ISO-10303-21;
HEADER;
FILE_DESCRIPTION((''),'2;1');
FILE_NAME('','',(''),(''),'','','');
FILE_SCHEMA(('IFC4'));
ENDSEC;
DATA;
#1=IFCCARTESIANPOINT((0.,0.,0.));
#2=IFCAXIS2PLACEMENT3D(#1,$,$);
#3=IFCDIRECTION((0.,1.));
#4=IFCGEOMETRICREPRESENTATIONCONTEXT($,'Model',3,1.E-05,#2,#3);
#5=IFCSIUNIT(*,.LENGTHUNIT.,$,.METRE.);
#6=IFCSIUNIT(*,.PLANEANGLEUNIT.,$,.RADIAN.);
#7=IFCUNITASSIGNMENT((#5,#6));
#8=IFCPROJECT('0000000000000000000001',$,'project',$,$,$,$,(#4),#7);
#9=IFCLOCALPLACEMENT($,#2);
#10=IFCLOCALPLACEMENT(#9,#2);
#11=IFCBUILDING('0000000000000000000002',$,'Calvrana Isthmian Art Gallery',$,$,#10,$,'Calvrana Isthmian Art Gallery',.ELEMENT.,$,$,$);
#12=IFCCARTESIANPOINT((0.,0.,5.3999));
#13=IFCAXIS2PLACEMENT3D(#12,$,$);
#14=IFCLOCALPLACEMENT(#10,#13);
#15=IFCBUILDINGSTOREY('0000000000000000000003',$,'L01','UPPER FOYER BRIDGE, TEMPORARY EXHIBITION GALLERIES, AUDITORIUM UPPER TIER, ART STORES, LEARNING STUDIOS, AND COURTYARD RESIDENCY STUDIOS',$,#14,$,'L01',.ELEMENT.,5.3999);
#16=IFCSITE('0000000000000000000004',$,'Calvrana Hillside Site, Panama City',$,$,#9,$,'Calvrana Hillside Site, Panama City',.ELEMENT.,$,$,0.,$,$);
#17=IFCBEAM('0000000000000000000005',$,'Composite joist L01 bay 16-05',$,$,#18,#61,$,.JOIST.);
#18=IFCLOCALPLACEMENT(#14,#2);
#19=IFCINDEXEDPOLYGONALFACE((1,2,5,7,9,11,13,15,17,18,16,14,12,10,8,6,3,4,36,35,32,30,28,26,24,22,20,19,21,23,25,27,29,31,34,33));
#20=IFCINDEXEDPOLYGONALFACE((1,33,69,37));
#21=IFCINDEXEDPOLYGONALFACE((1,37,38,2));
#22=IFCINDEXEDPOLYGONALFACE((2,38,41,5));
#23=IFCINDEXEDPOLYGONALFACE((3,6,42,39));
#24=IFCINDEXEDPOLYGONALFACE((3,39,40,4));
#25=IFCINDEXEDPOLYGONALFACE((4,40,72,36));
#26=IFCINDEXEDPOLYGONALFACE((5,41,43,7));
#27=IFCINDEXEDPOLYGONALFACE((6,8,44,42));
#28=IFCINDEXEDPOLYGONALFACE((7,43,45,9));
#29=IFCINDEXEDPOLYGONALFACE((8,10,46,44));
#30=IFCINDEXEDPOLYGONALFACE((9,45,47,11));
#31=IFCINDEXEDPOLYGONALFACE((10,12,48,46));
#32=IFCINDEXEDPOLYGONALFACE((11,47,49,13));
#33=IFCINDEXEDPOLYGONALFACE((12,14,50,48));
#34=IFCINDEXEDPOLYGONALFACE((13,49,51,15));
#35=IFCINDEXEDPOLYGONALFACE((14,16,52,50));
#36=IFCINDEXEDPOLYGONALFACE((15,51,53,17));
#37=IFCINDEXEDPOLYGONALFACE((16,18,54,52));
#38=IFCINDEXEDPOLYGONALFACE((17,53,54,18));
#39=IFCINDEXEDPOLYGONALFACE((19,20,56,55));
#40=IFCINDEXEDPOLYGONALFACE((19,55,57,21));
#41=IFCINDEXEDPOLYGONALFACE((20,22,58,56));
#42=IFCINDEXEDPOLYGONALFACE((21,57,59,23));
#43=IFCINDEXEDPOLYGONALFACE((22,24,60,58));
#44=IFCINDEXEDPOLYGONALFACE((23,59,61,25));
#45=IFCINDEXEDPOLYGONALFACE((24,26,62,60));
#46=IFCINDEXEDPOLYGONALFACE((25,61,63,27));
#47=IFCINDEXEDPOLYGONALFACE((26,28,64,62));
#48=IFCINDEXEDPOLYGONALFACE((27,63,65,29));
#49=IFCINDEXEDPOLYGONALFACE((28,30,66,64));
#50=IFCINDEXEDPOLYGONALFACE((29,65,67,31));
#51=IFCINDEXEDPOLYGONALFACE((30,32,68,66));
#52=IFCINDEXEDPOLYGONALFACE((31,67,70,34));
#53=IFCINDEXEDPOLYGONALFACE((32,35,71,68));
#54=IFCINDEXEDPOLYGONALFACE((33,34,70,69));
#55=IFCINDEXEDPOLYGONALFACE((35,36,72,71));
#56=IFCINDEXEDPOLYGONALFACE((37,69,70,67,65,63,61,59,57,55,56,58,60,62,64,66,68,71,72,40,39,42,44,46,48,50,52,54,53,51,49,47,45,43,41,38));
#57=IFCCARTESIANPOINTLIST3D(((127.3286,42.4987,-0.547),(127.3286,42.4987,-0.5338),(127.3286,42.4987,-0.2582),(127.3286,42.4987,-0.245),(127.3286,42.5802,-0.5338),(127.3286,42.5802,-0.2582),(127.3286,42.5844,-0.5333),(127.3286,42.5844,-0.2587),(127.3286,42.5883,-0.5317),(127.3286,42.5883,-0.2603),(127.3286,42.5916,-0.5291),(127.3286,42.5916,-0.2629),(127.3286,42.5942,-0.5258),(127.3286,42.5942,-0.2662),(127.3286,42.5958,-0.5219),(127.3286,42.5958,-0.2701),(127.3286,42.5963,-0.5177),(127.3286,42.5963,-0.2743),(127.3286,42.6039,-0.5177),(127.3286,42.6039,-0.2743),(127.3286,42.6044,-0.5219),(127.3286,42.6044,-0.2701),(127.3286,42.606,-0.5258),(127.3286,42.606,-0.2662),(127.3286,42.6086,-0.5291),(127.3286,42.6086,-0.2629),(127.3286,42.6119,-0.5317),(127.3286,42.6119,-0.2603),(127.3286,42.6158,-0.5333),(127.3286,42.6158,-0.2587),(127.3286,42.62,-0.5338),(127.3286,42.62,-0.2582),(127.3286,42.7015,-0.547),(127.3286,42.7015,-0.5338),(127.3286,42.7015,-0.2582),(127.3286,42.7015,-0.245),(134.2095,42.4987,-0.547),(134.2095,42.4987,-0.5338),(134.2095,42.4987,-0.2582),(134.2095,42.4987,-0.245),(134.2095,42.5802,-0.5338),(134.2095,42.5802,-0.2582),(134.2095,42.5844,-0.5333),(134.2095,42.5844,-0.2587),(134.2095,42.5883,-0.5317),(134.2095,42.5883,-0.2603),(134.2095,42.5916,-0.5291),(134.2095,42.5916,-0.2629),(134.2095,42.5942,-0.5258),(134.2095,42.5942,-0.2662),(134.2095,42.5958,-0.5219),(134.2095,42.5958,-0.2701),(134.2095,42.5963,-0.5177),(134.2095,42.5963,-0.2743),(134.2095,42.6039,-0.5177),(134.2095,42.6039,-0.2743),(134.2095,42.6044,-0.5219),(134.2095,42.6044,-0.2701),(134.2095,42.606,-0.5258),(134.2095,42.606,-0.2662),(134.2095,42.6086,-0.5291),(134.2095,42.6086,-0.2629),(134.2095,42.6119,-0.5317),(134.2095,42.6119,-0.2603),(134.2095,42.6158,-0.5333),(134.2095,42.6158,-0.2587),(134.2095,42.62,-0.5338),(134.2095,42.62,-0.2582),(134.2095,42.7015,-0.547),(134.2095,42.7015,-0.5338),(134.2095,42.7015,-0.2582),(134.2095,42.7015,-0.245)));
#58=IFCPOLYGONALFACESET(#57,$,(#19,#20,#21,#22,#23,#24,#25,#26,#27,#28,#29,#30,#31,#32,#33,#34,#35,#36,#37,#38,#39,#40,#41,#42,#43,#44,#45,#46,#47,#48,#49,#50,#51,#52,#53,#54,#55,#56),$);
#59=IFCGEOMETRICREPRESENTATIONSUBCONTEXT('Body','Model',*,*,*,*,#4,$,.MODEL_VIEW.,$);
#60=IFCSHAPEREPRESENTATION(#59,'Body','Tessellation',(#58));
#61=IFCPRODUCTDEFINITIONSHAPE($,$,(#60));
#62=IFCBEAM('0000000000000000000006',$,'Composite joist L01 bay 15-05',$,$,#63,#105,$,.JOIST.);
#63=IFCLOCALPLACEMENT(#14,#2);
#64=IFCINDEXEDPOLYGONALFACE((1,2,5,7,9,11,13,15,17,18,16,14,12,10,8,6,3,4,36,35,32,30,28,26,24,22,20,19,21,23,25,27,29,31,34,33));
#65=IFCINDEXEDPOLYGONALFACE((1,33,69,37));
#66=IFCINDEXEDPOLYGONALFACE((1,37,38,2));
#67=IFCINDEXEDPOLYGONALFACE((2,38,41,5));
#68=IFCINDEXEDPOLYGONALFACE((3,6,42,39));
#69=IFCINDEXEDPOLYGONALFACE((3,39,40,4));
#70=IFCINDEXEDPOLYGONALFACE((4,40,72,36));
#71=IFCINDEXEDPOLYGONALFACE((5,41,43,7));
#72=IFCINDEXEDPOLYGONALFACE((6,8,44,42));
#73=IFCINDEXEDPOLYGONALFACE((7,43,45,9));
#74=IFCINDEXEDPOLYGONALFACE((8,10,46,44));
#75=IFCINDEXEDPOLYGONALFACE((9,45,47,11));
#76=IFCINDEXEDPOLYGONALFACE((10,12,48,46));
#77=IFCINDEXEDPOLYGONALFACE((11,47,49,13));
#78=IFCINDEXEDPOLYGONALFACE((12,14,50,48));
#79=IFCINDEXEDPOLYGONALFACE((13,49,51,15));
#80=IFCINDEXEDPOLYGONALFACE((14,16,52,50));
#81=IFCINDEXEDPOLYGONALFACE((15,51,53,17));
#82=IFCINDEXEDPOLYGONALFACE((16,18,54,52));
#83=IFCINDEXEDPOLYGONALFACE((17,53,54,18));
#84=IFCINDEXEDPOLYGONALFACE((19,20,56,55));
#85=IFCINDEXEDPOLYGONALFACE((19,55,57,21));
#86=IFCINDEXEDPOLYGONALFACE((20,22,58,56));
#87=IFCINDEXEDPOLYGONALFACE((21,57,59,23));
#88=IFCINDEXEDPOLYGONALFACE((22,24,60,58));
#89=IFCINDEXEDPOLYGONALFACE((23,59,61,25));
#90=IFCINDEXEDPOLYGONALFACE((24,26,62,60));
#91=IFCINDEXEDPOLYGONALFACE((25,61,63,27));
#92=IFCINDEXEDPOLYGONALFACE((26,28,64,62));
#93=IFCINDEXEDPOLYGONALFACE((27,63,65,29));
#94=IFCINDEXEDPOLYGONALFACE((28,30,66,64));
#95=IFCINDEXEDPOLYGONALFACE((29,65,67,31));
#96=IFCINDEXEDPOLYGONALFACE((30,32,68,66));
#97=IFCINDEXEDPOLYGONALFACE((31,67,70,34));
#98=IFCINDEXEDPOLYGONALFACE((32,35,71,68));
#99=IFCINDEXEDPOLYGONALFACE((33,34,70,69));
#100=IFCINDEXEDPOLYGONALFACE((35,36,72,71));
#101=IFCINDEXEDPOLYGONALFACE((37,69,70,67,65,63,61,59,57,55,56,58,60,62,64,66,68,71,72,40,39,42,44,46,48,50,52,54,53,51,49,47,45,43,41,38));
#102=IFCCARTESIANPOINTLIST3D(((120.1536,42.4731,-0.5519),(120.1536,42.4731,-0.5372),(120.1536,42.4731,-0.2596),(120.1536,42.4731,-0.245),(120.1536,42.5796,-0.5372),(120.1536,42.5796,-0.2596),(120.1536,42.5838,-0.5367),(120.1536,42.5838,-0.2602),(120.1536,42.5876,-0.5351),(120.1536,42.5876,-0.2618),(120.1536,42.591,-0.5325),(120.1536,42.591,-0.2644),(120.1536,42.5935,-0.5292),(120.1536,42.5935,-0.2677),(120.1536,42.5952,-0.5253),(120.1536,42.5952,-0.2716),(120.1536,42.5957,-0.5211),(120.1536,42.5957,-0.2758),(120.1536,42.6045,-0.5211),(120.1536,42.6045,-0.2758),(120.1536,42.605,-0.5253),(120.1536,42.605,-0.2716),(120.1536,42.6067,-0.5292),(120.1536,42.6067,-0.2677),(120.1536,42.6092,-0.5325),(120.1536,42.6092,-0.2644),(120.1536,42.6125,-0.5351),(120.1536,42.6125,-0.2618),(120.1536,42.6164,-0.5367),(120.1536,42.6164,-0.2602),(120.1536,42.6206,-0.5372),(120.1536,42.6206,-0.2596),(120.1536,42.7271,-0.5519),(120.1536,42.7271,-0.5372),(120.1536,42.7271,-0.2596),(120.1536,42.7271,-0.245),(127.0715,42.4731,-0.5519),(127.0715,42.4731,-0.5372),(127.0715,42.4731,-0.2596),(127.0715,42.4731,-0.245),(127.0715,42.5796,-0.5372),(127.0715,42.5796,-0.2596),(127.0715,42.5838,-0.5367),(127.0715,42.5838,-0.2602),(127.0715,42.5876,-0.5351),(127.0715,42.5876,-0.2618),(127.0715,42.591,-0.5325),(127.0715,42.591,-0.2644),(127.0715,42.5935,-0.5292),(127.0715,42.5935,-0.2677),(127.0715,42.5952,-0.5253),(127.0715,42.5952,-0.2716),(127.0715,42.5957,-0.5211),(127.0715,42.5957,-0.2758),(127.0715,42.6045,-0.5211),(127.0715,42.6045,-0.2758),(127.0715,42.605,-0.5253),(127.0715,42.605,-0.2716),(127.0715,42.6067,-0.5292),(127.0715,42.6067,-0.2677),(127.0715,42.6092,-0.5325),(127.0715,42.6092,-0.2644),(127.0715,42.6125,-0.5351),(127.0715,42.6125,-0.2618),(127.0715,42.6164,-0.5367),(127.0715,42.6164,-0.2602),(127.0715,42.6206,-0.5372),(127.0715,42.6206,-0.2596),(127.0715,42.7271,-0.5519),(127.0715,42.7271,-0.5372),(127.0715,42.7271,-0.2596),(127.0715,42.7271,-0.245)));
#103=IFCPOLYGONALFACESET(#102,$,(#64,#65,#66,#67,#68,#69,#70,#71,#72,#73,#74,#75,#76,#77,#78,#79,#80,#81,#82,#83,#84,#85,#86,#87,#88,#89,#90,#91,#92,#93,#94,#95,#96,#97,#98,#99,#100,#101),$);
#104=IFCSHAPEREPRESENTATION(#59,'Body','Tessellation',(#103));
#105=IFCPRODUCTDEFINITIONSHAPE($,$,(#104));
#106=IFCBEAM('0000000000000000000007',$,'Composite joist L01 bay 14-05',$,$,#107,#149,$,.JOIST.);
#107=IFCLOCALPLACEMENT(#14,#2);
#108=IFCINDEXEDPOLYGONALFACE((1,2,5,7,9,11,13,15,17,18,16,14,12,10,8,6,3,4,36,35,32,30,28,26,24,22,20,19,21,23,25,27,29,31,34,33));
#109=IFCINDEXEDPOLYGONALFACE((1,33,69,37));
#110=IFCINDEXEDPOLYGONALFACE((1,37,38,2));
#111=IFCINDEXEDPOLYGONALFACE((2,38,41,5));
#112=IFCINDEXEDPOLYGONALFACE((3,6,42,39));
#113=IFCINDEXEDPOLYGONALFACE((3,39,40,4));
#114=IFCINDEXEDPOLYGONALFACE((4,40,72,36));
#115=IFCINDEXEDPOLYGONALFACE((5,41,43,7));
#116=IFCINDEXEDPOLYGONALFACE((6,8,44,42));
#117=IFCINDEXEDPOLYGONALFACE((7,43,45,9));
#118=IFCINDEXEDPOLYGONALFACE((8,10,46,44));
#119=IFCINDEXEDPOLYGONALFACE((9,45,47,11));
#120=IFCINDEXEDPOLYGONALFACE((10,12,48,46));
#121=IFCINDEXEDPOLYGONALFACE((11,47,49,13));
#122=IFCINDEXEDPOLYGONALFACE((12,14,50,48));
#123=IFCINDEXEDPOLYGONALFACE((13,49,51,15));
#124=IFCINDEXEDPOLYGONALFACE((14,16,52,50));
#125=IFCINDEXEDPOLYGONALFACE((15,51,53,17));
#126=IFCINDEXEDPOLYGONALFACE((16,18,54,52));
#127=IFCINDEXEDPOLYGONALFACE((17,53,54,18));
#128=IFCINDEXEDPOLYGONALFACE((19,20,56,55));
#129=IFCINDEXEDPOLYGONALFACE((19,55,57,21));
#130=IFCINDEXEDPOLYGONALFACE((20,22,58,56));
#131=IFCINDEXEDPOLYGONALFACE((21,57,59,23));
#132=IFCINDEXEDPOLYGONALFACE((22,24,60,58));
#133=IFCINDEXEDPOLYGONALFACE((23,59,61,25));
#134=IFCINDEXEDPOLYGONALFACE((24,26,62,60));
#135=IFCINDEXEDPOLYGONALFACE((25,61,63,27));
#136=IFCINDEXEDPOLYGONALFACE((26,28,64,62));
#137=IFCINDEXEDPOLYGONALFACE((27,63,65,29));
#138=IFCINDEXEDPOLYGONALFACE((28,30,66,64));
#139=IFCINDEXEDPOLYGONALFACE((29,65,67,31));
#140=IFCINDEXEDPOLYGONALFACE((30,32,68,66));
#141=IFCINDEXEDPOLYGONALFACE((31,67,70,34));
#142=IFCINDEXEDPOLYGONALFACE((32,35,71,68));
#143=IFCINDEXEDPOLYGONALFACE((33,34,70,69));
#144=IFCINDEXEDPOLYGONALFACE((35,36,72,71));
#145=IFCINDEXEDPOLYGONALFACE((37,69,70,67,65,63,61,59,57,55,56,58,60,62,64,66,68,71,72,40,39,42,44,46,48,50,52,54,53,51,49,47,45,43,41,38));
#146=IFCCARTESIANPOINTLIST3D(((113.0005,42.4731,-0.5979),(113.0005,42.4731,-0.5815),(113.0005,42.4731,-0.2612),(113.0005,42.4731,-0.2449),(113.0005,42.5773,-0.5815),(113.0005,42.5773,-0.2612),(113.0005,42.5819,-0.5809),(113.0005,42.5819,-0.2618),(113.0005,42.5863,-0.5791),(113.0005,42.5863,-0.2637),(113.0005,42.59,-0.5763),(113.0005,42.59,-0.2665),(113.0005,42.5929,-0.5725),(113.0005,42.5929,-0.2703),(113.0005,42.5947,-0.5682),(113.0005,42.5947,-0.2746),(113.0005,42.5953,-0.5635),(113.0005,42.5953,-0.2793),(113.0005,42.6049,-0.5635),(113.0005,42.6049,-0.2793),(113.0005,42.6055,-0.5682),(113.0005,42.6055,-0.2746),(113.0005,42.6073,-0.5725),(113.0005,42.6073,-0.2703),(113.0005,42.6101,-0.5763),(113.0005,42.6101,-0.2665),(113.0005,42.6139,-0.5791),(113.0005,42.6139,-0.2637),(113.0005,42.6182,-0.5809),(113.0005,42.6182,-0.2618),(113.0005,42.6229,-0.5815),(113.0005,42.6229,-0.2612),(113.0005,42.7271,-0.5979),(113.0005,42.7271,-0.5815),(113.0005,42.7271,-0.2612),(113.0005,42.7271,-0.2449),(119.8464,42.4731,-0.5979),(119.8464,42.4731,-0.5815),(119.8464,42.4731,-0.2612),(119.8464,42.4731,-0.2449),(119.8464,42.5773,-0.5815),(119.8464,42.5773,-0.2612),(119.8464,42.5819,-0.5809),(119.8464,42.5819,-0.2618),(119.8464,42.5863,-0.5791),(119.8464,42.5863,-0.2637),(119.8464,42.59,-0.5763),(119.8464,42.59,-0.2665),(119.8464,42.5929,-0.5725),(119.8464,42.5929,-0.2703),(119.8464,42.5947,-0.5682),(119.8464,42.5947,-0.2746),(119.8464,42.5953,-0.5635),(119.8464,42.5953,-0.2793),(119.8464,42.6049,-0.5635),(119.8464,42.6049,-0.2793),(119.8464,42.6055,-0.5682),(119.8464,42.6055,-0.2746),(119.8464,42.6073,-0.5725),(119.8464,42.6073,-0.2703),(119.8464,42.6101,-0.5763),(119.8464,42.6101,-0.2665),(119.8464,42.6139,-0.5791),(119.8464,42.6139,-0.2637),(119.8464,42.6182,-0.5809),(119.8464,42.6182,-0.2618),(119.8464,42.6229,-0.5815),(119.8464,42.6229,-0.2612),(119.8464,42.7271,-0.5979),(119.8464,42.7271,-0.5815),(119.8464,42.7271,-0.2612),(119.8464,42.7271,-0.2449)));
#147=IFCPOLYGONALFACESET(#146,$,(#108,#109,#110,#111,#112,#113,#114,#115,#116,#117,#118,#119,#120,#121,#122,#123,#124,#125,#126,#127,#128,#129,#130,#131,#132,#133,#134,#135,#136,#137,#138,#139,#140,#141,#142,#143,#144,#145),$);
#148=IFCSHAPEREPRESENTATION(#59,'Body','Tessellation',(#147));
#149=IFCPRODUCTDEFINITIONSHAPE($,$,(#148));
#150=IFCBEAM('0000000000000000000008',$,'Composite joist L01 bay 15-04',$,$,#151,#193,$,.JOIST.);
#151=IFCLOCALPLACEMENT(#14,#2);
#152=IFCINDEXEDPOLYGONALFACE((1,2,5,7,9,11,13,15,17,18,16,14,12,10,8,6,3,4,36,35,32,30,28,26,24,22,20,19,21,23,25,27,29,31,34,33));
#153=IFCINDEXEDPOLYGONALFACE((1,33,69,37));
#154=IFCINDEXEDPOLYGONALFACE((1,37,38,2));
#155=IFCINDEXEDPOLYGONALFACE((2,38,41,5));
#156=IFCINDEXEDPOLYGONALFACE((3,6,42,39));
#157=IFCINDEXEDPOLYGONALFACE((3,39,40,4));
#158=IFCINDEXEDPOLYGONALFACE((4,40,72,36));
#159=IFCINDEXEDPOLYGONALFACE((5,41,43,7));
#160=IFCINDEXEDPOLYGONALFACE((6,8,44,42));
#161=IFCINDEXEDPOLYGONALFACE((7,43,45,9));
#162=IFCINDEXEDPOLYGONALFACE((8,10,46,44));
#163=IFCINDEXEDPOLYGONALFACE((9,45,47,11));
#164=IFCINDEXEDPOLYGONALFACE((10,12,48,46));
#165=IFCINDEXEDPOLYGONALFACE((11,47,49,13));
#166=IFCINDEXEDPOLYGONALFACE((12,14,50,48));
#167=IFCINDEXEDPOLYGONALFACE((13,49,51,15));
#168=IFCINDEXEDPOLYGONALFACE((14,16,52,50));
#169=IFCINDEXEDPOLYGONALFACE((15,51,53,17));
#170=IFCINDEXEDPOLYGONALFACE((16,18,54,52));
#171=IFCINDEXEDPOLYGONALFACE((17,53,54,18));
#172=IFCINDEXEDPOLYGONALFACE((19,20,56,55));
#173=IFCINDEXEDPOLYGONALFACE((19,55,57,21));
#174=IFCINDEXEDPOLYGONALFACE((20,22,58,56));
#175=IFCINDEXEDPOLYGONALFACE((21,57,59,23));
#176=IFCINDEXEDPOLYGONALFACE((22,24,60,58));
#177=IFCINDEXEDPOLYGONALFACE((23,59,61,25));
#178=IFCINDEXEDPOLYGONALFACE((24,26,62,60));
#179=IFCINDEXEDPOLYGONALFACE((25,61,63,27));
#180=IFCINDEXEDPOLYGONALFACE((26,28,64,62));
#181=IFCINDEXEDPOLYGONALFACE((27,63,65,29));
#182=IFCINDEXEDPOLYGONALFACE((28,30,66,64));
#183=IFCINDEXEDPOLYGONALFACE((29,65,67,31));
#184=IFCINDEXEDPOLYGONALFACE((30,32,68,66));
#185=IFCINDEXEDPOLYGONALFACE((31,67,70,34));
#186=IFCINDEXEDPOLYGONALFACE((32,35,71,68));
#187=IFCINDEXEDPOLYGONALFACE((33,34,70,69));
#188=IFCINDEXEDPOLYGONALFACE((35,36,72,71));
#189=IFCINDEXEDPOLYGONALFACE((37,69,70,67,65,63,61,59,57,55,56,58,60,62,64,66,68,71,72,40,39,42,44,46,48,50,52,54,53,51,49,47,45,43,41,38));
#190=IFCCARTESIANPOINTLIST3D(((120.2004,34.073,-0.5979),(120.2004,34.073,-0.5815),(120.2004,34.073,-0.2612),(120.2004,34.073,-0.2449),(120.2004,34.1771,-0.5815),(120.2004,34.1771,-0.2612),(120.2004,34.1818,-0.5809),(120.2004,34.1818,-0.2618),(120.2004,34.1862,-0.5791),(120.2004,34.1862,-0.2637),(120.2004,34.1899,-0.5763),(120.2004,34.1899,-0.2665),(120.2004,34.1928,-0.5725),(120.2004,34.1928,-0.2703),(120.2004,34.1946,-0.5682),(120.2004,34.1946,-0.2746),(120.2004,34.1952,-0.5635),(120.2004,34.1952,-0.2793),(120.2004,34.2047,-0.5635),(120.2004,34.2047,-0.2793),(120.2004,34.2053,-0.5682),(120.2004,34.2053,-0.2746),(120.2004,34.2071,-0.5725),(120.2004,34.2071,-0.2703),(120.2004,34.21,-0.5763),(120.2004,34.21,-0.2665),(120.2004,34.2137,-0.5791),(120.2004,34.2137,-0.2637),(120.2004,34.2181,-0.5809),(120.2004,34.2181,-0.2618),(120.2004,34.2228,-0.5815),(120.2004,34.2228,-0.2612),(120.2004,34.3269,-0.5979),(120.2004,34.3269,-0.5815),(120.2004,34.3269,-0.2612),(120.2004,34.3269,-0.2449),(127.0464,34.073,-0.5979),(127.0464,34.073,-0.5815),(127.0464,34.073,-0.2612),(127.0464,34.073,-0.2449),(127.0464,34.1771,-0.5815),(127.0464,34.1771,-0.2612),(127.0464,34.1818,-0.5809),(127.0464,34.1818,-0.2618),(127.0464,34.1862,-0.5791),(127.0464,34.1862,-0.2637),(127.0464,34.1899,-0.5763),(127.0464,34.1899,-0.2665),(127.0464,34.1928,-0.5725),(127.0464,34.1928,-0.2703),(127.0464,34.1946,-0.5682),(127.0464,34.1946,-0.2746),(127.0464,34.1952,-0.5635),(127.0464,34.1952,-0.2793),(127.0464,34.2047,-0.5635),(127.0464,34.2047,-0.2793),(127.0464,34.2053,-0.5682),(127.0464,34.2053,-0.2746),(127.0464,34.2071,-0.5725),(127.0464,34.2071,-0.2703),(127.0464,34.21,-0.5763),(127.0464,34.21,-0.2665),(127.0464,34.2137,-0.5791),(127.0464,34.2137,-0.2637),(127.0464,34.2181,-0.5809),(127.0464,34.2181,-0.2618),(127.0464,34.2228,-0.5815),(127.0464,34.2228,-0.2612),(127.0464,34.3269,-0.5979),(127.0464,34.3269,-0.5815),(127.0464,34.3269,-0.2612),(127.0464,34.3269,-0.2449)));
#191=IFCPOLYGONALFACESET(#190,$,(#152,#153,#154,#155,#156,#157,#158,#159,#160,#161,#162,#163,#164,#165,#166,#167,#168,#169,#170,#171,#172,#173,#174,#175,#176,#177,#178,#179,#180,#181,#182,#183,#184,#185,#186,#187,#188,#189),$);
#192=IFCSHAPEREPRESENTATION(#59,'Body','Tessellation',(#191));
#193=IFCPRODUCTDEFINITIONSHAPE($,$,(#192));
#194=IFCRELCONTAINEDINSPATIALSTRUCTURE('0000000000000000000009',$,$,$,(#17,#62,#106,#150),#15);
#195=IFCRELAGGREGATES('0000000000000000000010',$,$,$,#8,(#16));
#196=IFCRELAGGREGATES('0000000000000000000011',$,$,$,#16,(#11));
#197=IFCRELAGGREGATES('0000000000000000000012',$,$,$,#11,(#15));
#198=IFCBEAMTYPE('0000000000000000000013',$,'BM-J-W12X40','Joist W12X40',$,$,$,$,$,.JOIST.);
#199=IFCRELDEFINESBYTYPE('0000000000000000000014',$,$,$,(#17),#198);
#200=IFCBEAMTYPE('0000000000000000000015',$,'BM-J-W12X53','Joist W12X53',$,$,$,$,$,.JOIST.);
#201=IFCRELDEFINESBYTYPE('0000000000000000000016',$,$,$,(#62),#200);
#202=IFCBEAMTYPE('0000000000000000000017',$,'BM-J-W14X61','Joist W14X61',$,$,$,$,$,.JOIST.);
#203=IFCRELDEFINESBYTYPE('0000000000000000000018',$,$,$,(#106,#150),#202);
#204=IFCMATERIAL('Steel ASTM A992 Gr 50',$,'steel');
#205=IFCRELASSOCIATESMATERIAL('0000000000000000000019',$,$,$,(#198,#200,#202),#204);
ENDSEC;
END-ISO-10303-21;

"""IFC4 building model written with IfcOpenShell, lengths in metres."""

from ifc_helpers import new_model, si_unit, direction, frame, origin, origin_2d, place, context, subcontext, project, spatial, i_section, extrude, material, material_profile, profile_set, type_object, element, save


model = new_model("IFC4")

# Units and contexts
model_context = context("Model", 3, precision=1e-05, world=origin(), true_north=direction((0.0, 1.0)))
body_context = subcontext(model_context, "Body", "Model", "MODEL_VIEW")
ifc_project = project(units=[si_unit("LENGTHUNIT", "METRE"), si_unit("PLANEANGLEUNIT", "RADIAN")], contexts=[model_context])

# Site, building, storey
site_placement = place(None, origin())
site = spatial("IfcSite", under=ifc_project, at=site_placement, Name="Calvrana Hillside Site, Panama City", LongName="Calvrana Hillside Site, Panama City", CompositionType="ELEMENT", RefElevation=0.0)
building_placement = place(site_placement, origin())
building = spatial("IfcBuilding", under=site, at=building_placement, Name="Calvrana Isthmian Art Gallery", LongName="Calvrana Isthmian Art Gallery", CompositionType="ELEMENT")
storey_placement = place(building_placement, frame((0.0, 0.0, 5.3999)))
storey = spatial("IfcBuildingStorey", under=building, at=storey_placement, Name="L01", Description="UPPER FOYER BRIDGE, TEMPORARY EXHIBITION GALLERIES, AUDITORIUM UPPER TIER, ART STORES, LEARNING STUDIOS, AND COURTYARD RESIDENCY STUDIOS", LongName="L01", CompositionType="ELEMENT", Elevation=5.3999)

# Shared definitions
ifc_material_1 = material(Name="Steel ASTM A992 Gr 50", Category="steel")

# Beams
ifc_material_profile_1 = material_profile(ifc_material_1, i_section(OverallWidth=0.2029, OverallDepth=0.302, WebThickness=0.0076, FlangeThickness=0.0132, FilletRadius=0.0161, at=origin_2d()), Name="W12X40")
ifc_profile_set_1 = profile_set([ifc_material_profile_1], Name="Steel ASTM A992 Gr 50")
beam_type_1 = type_object("IfcBeamType", Name="BM-J-W12X40", Description="Joist W12X40", PredefinedType="JOIST", material=ifc_profile_set_1)
beam_1_placement = place(storey_placement, frame((127.3286, 42.6001, -0.396), z_axis=(1.0, 0.0, 0.0), x_axis=(0.0, 1.0, 0.0)))
element("IfcBeam", 1, at=beam_1_placement, inside=storey, type_object=beam_type_1, Name="Composite joist L01 bay 16-05", PredefinedType="JOIST", context=body_context, shape_type="SweptSolid", body=[
    extrude(i_section(OverallWidth=0.2029, OverallDepth=0.302, WebThickness=0.0076, FlangeThickness=0.0132, FilletRadius=0.0161, at=origin_2d()), origin(), (0.0, 0.0, 1.0), 6.8809),
])
ifc_material_profile_2 = material_profile(ifc_material_1, i_section(OverallWidth=0.2539, OverallDepth=0.3069, WebThickness=0.0088, FlangeThickness=0.0146, FilletRadius=0.0161, at=origin_2d()), Name="W12X53")
ifc_profile_set_2 = profile_set([ifc_material_profile_2], Name="Steel ASTM A992 Gr 50")
beam_type_2 = type_object("IfcBeamType", Name="BM-J-W12X53", Description="Joist W12X53", PredefinedType="JOIST", material=ifc_profile_set_2)
beam_2_placement = place(storey_placement, frame((120.1536, 42.6001, -0.3984), z_axis=(1.0, 0.0, 0.0), x_axis=(0.0, 1.0, 0.0)))
element("IfcBeam", 2, at=beam_2_placement, inside=storey, type_object=beam_type_2, Name="Composite joist L01 bay 15-05", PredefinedType="JOIST", context=body_context, shape_type="SweptSolid", body=[
    extrude(i_section(OverallWidth=0.2539, OverallDepth=0.3069, WebThickness=0.0088, FlangeThickness=0.0146, FilletRadius=0.0161, at=origin_2d()), origin(), (0.0, 0.0, 1.0), 6.918),
])
ifc_material_profile_3 = material_profile(ifc_material_1, i_section(OverallWidth=0.2539, OverallDepth=0.353, WebThickness=0.0095, FlangeThickness=0.0164, FilletRadius=0.0181, at=origin_2d()), Name="W14X61")
ifc_profile_set_3 = profile_set([ifc_material_profile_3], Name="Steel ASTM A992 Gr 50")
beam_type_3 = type_object("IfcBeamType", Name="BM-J-W14X61", Description="Joist W14X61", PredefinedType="JOIST", material=ifc_profile_set_3)
for number, where, z_axis, x_axis, name in (
    (3, (113.0005, 42.6001, -0.4214), (1.0, 0.0, 0.0), (0.0, 1.0, 0.0), "Composite joist L01 bay 14-05"),
    (4, (120.2004, 34.2, -0.4214), (1.0, 0.0, 0.0), (0.0, 1.0, 0.0), "Composite joist L01 bay 15-04"),
):
    element("IfcBeam", number, at=place(storey_placement, frame(where, z_axis=z_axis, x_axis=x_axis)), inside=storey, type_object=beam_type_3, Name=name, PredefinedType="JOIST", context=body_context, shape_type="SweptSolid", body=[
        extrude(i_section(OverallWidth=0.2539, OverallDepth=0.353, WebThickness=0.0095, FlangeThickness=0.0164, FilletRadius=0.0181, at=origin_2d()), origin(), (0.0, 0.0, 1.0), 6.8459),
    ])

save(model, "model.ifc")
